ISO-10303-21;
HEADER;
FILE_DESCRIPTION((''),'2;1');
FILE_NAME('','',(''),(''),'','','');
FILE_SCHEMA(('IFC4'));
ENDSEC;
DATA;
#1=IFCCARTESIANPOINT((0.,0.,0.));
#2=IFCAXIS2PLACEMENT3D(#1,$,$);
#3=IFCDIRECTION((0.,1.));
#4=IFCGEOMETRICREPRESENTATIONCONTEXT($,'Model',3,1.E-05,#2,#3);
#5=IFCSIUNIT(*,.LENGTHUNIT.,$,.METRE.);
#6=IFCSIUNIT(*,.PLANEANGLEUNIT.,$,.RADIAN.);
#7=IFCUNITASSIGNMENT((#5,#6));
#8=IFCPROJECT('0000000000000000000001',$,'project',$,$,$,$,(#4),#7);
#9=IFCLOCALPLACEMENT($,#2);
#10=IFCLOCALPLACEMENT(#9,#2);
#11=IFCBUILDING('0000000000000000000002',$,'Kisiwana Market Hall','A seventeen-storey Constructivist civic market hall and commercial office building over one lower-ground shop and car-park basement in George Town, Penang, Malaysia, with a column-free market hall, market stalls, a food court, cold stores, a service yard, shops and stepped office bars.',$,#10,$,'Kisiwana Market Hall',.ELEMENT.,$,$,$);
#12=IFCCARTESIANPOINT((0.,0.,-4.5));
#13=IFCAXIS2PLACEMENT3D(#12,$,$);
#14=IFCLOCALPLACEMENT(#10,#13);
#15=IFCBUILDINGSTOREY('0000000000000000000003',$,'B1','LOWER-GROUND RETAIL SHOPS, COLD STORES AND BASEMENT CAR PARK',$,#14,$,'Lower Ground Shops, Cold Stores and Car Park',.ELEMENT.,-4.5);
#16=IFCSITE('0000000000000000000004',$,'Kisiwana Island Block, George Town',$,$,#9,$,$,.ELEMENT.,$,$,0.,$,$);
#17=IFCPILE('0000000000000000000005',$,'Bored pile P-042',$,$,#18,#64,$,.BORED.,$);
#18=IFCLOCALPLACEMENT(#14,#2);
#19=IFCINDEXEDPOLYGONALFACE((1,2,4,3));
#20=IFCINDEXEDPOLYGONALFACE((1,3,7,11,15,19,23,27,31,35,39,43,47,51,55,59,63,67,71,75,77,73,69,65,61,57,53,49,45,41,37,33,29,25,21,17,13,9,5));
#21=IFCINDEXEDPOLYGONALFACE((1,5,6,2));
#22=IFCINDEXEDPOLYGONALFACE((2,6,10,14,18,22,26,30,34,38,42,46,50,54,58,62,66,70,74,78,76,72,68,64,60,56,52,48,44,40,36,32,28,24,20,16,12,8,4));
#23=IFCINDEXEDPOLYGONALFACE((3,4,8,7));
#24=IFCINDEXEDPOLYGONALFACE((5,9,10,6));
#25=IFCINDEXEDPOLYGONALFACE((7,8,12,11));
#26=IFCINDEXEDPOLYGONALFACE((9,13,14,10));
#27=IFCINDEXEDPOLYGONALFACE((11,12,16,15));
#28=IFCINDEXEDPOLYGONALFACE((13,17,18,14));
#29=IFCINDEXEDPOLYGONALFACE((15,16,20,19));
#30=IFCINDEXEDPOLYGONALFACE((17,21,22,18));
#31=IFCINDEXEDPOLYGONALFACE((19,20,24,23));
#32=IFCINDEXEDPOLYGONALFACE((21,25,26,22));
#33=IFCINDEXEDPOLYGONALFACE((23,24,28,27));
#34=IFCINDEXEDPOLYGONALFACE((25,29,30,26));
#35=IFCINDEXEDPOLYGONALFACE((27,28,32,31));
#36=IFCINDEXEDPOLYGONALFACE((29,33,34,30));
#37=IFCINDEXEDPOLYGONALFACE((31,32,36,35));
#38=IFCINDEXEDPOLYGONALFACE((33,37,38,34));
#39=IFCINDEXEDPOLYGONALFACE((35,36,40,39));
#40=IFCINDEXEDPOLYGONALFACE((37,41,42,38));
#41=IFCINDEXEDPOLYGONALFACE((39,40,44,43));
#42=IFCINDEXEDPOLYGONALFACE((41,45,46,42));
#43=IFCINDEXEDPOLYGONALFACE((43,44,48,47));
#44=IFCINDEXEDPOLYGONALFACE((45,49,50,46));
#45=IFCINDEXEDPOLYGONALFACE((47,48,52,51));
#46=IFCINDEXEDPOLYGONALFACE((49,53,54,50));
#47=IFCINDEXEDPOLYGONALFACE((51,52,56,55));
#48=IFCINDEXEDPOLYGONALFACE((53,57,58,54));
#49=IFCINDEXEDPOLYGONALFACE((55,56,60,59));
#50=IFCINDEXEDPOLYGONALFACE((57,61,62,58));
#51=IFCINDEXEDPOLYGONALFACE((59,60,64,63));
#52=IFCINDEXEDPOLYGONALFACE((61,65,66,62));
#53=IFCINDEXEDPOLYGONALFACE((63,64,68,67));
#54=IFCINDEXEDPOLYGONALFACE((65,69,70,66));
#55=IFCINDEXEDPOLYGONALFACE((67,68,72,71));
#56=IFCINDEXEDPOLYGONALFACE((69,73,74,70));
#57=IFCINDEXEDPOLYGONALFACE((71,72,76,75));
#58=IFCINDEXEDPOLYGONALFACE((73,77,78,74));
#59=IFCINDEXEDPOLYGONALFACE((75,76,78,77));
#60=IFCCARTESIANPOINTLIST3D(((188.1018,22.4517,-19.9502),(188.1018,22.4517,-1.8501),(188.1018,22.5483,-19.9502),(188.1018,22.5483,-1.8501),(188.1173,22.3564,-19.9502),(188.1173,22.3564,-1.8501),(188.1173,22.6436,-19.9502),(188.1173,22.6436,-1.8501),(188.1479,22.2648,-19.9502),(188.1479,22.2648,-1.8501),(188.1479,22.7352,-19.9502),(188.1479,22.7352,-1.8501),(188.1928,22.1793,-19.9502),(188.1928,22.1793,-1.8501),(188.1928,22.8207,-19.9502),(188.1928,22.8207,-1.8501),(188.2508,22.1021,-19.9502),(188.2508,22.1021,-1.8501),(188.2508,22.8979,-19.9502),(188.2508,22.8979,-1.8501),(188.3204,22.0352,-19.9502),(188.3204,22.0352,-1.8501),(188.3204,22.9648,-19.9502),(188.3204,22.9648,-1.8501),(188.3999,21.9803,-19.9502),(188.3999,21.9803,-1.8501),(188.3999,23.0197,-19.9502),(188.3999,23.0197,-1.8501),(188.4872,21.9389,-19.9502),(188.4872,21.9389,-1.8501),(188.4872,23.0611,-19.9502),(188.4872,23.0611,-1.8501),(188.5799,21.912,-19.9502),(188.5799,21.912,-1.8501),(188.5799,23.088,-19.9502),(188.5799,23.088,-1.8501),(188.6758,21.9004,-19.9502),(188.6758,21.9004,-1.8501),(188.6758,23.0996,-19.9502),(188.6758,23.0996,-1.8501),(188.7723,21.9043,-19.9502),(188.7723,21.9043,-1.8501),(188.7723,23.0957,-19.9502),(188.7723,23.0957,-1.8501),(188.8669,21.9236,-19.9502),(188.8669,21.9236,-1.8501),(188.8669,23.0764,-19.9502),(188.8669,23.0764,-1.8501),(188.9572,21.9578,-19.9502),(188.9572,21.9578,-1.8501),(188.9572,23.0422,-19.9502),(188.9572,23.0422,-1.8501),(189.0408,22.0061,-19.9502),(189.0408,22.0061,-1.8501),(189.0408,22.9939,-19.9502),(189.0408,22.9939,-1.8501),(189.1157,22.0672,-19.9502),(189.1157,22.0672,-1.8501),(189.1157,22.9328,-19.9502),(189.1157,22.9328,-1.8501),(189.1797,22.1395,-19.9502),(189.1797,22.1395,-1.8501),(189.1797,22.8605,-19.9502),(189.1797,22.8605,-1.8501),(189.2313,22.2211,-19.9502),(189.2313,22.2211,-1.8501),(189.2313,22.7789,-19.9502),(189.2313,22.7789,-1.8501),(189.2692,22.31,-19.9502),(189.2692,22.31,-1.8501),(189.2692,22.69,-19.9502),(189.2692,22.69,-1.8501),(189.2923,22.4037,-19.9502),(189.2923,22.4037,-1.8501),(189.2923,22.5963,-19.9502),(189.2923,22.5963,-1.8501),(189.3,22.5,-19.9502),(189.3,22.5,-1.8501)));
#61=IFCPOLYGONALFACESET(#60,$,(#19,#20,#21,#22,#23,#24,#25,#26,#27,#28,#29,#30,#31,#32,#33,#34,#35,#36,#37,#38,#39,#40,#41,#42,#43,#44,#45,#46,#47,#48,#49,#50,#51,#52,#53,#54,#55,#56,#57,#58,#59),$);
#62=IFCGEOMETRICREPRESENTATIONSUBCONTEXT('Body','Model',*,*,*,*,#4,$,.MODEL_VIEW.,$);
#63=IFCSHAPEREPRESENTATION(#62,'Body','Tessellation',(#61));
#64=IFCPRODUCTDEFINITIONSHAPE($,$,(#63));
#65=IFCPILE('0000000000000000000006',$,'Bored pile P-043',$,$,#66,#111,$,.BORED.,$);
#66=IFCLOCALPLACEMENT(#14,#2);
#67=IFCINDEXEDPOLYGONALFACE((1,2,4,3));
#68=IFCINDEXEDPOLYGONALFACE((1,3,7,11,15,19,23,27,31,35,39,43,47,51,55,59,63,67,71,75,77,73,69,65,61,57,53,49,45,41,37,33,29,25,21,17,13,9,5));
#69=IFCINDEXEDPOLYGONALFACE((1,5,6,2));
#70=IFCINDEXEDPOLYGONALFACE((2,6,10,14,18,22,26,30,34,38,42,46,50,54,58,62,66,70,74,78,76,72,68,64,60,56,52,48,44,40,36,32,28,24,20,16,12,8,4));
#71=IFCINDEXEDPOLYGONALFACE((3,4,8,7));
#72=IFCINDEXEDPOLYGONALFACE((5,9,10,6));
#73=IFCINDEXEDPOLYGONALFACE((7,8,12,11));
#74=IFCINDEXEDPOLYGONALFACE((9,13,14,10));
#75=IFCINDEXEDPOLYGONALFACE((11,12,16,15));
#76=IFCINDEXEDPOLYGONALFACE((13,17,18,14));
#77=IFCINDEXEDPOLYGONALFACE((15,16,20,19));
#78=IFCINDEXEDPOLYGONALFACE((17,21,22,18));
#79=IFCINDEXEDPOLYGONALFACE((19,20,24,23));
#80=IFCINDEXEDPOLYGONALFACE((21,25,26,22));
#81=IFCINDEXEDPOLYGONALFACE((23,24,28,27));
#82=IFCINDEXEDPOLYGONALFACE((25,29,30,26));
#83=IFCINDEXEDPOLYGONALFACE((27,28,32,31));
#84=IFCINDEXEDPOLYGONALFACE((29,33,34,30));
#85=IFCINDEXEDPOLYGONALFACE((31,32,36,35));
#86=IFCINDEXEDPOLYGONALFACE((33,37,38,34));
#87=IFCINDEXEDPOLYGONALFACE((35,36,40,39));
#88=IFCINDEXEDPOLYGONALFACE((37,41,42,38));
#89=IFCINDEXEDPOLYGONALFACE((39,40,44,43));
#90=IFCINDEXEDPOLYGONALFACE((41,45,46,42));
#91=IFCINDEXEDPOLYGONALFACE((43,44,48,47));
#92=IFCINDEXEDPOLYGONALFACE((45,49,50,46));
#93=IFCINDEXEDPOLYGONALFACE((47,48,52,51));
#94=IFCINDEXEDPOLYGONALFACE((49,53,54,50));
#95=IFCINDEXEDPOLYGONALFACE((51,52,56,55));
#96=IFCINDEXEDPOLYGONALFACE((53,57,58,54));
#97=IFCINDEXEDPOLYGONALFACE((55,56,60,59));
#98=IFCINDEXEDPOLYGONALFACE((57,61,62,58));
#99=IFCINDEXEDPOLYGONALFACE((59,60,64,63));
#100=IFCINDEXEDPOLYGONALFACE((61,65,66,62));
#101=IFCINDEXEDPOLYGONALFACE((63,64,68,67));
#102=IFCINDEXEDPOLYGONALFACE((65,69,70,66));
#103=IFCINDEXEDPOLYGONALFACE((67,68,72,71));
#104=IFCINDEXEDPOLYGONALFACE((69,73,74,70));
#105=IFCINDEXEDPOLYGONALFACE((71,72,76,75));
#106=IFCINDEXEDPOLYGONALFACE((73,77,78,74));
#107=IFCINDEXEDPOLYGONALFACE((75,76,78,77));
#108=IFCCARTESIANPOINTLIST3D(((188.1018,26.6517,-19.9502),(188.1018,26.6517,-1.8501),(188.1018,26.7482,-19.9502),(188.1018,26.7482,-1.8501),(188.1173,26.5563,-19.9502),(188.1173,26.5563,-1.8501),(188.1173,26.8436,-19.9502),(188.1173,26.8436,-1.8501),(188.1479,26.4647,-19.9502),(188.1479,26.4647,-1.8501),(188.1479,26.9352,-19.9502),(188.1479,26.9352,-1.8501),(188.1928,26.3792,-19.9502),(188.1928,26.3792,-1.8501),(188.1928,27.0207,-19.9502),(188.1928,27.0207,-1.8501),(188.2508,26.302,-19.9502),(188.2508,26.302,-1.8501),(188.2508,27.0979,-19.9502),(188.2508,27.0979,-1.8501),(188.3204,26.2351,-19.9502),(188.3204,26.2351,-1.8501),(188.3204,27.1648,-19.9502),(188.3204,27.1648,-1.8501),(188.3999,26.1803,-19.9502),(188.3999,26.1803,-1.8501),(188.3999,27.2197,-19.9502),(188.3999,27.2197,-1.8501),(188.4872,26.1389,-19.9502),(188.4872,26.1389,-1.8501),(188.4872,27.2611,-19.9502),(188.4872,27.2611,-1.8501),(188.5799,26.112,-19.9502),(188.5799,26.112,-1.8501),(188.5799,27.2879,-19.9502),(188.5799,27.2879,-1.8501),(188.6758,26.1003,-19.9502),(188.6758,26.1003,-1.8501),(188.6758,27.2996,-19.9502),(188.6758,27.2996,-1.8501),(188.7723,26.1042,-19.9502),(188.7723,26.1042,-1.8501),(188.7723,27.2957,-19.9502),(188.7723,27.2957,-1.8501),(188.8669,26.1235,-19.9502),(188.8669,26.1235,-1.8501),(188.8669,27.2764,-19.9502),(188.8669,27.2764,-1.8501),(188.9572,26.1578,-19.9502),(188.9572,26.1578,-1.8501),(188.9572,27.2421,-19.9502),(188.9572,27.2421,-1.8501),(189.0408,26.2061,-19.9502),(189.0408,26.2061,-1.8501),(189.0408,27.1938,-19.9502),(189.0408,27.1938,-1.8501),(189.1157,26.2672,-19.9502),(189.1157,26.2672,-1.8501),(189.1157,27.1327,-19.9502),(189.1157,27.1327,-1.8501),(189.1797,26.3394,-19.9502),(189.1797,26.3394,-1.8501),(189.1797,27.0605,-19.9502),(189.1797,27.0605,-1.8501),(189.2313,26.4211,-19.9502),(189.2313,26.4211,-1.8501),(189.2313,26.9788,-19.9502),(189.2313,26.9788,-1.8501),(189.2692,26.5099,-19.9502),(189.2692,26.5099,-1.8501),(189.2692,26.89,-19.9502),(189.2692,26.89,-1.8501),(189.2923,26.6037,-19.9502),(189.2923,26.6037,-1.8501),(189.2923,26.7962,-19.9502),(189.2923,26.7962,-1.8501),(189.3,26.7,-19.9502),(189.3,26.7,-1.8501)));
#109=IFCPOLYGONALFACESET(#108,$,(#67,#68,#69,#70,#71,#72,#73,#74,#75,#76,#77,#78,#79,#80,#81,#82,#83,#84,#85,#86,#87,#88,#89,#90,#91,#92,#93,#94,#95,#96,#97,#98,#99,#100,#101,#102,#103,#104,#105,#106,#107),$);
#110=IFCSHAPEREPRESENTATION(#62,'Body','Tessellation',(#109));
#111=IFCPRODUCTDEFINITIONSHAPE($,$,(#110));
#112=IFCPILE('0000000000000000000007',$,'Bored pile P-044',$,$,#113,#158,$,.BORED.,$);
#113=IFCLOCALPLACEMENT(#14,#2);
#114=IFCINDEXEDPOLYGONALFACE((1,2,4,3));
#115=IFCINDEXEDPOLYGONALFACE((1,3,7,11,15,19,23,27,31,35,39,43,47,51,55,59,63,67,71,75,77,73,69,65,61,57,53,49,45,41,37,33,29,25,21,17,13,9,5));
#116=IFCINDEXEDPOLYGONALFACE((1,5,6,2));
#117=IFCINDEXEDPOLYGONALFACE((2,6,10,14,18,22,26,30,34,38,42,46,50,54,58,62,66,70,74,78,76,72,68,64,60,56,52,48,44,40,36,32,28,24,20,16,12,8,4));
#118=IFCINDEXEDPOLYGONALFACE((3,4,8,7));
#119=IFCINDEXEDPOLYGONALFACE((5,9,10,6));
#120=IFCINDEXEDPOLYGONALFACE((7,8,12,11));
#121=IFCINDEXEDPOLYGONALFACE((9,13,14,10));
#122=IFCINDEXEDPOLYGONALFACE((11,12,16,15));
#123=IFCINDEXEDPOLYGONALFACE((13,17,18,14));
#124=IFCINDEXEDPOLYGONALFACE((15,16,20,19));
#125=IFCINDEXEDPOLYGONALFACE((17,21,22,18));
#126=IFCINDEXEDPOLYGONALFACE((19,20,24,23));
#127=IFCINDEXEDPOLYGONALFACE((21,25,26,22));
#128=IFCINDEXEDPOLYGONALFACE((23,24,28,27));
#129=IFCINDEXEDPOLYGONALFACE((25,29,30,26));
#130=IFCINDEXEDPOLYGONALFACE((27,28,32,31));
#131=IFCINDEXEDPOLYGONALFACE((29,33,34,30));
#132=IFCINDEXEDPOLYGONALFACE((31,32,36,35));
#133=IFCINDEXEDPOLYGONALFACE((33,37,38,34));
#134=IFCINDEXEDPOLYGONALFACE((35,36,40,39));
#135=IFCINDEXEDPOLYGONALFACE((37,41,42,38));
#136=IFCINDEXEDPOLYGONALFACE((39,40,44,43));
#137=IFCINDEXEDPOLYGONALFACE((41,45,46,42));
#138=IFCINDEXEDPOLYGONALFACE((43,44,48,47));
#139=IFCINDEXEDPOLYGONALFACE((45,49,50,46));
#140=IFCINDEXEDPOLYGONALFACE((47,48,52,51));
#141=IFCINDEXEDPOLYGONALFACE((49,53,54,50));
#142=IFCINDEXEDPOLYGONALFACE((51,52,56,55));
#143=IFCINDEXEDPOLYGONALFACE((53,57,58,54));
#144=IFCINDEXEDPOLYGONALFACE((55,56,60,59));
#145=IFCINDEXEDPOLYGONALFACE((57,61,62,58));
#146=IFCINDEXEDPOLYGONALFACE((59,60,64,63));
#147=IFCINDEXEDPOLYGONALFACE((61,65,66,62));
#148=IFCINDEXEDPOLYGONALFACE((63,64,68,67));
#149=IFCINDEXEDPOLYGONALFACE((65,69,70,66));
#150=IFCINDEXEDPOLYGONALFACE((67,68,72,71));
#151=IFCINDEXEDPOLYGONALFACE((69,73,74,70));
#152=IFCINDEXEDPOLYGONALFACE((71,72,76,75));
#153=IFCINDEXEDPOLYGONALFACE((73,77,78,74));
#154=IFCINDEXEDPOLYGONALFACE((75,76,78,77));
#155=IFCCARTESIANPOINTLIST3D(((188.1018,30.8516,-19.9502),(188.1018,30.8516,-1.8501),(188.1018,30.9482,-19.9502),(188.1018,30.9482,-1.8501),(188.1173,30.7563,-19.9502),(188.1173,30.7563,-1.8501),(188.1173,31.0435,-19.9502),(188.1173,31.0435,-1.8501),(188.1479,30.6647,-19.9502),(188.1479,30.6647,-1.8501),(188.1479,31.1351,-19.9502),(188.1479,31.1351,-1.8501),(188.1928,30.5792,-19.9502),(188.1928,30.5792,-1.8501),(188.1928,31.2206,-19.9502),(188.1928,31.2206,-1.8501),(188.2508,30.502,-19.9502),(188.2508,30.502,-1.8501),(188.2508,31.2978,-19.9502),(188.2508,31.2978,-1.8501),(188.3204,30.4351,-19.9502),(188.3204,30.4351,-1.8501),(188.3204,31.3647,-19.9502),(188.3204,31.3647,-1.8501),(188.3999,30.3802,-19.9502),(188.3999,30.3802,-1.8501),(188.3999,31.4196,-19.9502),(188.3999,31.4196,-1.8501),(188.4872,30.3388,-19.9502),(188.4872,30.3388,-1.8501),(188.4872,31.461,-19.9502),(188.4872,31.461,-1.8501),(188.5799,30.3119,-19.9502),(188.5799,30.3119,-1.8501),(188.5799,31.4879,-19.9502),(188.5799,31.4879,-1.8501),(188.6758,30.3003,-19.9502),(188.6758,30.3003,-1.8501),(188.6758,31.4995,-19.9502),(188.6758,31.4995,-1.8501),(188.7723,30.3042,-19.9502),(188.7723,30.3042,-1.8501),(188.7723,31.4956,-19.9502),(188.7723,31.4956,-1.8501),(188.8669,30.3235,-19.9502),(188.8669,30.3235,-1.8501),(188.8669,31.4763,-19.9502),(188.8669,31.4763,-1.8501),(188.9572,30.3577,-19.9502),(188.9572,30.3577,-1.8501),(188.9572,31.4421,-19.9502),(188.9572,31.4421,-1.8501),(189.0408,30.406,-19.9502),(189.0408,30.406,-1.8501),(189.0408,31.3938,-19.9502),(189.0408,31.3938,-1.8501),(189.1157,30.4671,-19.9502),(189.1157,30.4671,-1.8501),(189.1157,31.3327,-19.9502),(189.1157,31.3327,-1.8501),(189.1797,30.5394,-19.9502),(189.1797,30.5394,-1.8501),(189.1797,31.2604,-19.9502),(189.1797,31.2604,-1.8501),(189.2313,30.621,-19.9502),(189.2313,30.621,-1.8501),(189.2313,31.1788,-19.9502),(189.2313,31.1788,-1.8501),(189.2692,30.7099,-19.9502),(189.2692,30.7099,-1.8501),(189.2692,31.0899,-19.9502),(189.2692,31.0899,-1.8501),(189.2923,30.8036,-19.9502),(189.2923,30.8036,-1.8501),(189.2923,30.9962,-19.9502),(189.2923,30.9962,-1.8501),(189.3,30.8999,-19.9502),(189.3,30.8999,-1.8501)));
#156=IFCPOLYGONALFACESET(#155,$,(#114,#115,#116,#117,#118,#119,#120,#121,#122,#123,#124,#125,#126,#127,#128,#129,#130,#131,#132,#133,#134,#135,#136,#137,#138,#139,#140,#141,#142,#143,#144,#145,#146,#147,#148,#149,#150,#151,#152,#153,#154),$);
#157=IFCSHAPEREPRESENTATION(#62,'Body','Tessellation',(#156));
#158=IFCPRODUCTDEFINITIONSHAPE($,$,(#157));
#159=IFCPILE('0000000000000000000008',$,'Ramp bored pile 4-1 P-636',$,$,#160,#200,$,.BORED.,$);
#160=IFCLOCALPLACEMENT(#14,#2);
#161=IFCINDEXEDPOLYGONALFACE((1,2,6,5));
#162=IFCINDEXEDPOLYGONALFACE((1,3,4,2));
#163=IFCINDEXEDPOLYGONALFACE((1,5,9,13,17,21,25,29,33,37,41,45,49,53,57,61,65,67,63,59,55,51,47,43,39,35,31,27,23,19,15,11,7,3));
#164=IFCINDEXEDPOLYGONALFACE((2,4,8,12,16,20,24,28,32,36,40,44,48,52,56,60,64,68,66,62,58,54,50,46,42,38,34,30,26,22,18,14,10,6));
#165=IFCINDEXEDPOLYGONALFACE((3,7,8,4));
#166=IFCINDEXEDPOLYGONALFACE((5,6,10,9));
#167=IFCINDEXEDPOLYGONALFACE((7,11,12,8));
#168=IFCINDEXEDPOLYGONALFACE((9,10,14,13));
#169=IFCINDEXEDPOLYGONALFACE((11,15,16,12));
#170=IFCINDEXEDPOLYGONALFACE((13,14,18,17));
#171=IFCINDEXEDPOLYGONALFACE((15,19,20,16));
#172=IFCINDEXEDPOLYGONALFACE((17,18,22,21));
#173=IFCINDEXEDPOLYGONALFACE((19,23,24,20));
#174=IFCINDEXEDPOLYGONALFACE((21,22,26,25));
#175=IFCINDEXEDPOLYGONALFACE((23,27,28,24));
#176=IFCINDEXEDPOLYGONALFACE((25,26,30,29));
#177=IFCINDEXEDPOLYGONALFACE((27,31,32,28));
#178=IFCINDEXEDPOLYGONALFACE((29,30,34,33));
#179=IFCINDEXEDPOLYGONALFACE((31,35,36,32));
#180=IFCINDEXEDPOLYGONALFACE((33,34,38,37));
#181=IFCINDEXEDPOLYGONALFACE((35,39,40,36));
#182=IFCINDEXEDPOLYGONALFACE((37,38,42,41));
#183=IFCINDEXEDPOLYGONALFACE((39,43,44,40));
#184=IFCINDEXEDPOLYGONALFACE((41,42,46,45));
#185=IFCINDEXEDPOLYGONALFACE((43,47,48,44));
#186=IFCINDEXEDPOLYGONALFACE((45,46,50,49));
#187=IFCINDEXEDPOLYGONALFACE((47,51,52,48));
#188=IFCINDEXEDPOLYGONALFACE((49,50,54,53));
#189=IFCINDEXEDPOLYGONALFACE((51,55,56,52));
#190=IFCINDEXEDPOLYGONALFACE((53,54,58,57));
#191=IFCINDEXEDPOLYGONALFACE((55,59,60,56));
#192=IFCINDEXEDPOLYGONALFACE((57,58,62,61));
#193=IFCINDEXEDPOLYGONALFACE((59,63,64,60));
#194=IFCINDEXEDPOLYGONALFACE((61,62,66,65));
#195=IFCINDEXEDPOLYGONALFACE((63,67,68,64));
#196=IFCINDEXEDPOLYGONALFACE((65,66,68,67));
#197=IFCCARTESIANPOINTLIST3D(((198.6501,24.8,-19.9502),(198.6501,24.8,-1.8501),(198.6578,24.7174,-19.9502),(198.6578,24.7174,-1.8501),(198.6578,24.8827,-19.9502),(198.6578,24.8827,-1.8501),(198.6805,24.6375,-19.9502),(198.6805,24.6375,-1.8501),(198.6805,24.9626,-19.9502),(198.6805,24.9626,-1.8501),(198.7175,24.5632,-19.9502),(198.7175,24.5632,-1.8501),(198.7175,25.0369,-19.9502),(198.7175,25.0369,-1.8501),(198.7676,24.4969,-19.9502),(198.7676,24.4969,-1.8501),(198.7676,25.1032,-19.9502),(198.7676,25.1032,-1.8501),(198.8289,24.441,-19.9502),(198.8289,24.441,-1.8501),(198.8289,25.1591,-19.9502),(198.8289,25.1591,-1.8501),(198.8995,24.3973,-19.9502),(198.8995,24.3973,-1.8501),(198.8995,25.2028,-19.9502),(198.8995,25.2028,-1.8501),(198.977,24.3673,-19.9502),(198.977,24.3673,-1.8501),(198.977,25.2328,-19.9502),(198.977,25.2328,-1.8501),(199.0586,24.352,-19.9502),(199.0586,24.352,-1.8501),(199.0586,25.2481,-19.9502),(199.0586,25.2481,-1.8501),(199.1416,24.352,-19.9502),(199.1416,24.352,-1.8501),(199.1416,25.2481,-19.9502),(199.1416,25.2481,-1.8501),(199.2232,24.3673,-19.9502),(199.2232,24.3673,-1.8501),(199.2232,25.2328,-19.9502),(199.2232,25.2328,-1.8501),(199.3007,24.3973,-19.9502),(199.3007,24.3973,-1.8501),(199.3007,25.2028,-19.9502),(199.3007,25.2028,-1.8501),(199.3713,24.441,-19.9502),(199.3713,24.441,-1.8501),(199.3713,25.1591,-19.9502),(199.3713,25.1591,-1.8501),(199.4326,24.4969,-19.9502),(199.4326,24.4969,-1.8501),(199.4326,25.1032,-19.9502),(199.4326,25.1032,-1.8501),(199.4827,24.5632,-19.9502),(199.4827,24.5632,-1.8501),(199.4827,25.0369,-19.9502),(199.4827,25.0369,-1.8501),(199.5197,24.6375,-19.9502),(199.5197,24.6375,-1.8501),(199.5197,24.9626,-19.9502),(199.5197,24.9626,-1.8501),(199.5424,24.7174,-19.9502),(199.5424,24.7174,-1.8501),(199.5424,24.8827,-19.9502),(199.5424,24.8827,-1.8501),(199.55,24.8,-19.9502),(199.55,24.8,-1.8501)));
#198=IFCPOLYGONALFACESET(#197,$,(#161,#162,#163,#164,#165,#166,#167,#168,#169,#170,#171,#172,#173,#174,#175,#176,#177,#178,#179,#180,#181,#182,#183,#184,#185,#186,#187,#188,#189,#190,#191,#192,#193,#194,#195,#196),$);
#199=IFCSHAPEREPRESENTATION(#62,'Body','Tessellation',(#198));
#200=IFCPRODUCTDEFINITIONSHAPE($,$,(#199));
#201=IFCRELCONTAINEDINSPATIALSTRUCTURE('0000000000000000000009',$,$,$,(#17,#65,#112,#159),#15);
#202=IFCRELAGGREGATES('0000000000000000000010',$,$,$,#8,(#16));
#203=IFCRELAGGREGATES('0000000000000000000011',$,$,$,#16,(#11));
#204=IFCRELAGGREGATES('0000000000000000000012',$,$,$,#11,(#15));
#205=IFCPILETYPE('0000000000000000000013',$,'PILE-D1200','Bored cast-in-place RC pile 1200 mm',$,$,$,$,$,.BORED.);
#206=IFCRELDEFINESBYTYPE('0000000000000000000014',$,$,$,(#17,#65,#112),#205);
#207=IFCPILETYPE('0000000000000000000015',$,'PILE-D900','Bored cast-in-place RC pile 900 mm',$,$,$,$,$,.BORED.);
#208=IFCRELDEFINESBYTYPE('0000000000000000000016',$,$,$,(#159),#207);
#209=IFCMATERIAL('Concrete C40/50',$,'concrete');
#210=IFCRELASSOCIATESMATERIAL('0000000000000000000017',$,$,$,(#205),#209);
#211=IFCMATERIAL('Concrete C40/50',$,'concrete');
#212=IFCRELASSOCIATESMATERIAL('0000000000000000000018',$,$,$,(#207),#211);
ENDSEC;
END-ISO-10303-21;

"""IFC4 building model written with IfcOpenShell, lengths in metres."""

from ifc_helpers import new_model, si_unit, direction, frame, origin, origin_2d, place, context, subcontext, project, spatial, circle, extrude, material, material_profile, profile_set, type_object, element, save


model = new_model("IFC4")

# Units and contexts
model_context = context("Model", 3, precision=1e-05, world=origin(), true_north=direction((0.0, 1.0)))
body_context = subcontext(model_context, "Body", "Model", "MODEL_VIEW")
ifc_project = project(units=[si_unit("LENGTHUNIT", "METRE"), si_unit("PLANEANGLEUNIT", "RADIAN")], contexts=[model_context])

# Site, building, storey
site_placement = place(None, origin())
site = spatial("IfcSite", under=ifc_project, at=site_placement, Name="Kisiwana Island Block, George Town", CompositionType="ELEMENT", RefElevation=0.0)
building_placement = place(site_placement, origin())
building = spatial("IfcBuilding", under=site, at=building_placement, Name="Kisiwana Market Hall", Description="A seventeen-storey Constructivist civic market hall and commercial office building over one lower-ground shop and car-park basement in George Town, Penang, Malaysia, with a column-free market hall, market stalls, a food court, cold stores, a service yard, shops and stepped office bars.", LongName="Kisiwana Market Hall", CompositionType="ELEMENT")
storey_placement = place(building_placement, frame((0.0, 0.0, -4.5)))
storey = spatial("IfcBuildingStorey", under=building, at=storey_placement, Name="B1", Description="LOWER-GROUND RETAIL SHOPS, COLD STORES AND BASEMENT CAR PARK", LongName="Lower Ground Shops, Cold Stores and Car Park", CompositionType="ELEMENT", Elevation=-4.5)

# Piles
ifc_material_1 = material(Name="Concrete C40/50", Category="concrete")
ifc_material_profile_1 = material_profile(ifc_material_1, circle(Radius=0.6001, at=origin_2d()), Name="BP D1200")
ifc_profile_set_1 = profile_set([ifc_material_profile_1], Name="Concrete C40/50")
pile_type_1 = type_object("IfcPileType", Name="PILE-D1200", Description="Bored cast-in-place RC pile 1200 mm", PredefinedType="BORED", material=ifc_profile_set_1)
for number, where, z_axis, x_axis, name in (
    (1, (188.7, 22.5, -1.8501), (0.0, 0.0, -1.0), (1.0, 0.0, 0.0), "Bored pile P-042"),
    (2, (188.7, 26.7, -1.8501), (0.0, 0.0, -1.0), (1.0, 0.0, 0.0), "Bored pile P-043"),
    (3, (188.7, 30.8999, -1.8501), (0.0, 0.0, -1.0), (1.0, 0.0, 0.0), "Bored pile P-044"),
):
    element("IfcPile", number, at=place(storey_placement, frame(where, z_axis=z_axis, x_axis=x_axis)), inside=storey, type_object=pile_type_1, Name=name, PredefinedType="BORED", context=body_context, shape_type="SweptSolid", body=[
        extrude(circle(Radius=0.6001, at=origin_2d()), origin(), (0.0, 0.0, 1.0), 18.1001),
    ])
ifc_material_2 = material(Name="Concrete C40/50", Category="concrete")
ifc_material_profile_2 = material_profile(ifc_material_2, circle(Radius=0.45, at=origin_2d()), Name="BP D900")
ifc_profile_set_2 = profile_set([ifc_material_profile_2], Name="Concrete C40/50")
pile_type_2 = type_object("IfcPileType", Name="PILE-D900", Description="Bored cast-in-place RC pile 900 mm", PredefinedType="BORED", material=ifc_profile_set_2)
for number, where, z_axis, x_axis, name in (
    (4, (199.1001, 24.8, -1.8501), (0.0, 0.0, -1.0), (1.0, 0.0, 0.0), "Ramp bored pile 4-1 P-636"),
):
    element("IfcPile", number, at=place(storey_placement, frame(where, z_axis=z_axis, x_axis=x_axis)), inside=storey, type_object=pile_type_2, Name=name, PredefinedType="BORED", context=body_context, shape_type="SweptSolid", body=[
        extrude(circle(Radius=0.45, at=origin_2d()), origin(), (0.0, 0.0, 1.0), 18.1001),
    ])

save(model, "model.ifc")
